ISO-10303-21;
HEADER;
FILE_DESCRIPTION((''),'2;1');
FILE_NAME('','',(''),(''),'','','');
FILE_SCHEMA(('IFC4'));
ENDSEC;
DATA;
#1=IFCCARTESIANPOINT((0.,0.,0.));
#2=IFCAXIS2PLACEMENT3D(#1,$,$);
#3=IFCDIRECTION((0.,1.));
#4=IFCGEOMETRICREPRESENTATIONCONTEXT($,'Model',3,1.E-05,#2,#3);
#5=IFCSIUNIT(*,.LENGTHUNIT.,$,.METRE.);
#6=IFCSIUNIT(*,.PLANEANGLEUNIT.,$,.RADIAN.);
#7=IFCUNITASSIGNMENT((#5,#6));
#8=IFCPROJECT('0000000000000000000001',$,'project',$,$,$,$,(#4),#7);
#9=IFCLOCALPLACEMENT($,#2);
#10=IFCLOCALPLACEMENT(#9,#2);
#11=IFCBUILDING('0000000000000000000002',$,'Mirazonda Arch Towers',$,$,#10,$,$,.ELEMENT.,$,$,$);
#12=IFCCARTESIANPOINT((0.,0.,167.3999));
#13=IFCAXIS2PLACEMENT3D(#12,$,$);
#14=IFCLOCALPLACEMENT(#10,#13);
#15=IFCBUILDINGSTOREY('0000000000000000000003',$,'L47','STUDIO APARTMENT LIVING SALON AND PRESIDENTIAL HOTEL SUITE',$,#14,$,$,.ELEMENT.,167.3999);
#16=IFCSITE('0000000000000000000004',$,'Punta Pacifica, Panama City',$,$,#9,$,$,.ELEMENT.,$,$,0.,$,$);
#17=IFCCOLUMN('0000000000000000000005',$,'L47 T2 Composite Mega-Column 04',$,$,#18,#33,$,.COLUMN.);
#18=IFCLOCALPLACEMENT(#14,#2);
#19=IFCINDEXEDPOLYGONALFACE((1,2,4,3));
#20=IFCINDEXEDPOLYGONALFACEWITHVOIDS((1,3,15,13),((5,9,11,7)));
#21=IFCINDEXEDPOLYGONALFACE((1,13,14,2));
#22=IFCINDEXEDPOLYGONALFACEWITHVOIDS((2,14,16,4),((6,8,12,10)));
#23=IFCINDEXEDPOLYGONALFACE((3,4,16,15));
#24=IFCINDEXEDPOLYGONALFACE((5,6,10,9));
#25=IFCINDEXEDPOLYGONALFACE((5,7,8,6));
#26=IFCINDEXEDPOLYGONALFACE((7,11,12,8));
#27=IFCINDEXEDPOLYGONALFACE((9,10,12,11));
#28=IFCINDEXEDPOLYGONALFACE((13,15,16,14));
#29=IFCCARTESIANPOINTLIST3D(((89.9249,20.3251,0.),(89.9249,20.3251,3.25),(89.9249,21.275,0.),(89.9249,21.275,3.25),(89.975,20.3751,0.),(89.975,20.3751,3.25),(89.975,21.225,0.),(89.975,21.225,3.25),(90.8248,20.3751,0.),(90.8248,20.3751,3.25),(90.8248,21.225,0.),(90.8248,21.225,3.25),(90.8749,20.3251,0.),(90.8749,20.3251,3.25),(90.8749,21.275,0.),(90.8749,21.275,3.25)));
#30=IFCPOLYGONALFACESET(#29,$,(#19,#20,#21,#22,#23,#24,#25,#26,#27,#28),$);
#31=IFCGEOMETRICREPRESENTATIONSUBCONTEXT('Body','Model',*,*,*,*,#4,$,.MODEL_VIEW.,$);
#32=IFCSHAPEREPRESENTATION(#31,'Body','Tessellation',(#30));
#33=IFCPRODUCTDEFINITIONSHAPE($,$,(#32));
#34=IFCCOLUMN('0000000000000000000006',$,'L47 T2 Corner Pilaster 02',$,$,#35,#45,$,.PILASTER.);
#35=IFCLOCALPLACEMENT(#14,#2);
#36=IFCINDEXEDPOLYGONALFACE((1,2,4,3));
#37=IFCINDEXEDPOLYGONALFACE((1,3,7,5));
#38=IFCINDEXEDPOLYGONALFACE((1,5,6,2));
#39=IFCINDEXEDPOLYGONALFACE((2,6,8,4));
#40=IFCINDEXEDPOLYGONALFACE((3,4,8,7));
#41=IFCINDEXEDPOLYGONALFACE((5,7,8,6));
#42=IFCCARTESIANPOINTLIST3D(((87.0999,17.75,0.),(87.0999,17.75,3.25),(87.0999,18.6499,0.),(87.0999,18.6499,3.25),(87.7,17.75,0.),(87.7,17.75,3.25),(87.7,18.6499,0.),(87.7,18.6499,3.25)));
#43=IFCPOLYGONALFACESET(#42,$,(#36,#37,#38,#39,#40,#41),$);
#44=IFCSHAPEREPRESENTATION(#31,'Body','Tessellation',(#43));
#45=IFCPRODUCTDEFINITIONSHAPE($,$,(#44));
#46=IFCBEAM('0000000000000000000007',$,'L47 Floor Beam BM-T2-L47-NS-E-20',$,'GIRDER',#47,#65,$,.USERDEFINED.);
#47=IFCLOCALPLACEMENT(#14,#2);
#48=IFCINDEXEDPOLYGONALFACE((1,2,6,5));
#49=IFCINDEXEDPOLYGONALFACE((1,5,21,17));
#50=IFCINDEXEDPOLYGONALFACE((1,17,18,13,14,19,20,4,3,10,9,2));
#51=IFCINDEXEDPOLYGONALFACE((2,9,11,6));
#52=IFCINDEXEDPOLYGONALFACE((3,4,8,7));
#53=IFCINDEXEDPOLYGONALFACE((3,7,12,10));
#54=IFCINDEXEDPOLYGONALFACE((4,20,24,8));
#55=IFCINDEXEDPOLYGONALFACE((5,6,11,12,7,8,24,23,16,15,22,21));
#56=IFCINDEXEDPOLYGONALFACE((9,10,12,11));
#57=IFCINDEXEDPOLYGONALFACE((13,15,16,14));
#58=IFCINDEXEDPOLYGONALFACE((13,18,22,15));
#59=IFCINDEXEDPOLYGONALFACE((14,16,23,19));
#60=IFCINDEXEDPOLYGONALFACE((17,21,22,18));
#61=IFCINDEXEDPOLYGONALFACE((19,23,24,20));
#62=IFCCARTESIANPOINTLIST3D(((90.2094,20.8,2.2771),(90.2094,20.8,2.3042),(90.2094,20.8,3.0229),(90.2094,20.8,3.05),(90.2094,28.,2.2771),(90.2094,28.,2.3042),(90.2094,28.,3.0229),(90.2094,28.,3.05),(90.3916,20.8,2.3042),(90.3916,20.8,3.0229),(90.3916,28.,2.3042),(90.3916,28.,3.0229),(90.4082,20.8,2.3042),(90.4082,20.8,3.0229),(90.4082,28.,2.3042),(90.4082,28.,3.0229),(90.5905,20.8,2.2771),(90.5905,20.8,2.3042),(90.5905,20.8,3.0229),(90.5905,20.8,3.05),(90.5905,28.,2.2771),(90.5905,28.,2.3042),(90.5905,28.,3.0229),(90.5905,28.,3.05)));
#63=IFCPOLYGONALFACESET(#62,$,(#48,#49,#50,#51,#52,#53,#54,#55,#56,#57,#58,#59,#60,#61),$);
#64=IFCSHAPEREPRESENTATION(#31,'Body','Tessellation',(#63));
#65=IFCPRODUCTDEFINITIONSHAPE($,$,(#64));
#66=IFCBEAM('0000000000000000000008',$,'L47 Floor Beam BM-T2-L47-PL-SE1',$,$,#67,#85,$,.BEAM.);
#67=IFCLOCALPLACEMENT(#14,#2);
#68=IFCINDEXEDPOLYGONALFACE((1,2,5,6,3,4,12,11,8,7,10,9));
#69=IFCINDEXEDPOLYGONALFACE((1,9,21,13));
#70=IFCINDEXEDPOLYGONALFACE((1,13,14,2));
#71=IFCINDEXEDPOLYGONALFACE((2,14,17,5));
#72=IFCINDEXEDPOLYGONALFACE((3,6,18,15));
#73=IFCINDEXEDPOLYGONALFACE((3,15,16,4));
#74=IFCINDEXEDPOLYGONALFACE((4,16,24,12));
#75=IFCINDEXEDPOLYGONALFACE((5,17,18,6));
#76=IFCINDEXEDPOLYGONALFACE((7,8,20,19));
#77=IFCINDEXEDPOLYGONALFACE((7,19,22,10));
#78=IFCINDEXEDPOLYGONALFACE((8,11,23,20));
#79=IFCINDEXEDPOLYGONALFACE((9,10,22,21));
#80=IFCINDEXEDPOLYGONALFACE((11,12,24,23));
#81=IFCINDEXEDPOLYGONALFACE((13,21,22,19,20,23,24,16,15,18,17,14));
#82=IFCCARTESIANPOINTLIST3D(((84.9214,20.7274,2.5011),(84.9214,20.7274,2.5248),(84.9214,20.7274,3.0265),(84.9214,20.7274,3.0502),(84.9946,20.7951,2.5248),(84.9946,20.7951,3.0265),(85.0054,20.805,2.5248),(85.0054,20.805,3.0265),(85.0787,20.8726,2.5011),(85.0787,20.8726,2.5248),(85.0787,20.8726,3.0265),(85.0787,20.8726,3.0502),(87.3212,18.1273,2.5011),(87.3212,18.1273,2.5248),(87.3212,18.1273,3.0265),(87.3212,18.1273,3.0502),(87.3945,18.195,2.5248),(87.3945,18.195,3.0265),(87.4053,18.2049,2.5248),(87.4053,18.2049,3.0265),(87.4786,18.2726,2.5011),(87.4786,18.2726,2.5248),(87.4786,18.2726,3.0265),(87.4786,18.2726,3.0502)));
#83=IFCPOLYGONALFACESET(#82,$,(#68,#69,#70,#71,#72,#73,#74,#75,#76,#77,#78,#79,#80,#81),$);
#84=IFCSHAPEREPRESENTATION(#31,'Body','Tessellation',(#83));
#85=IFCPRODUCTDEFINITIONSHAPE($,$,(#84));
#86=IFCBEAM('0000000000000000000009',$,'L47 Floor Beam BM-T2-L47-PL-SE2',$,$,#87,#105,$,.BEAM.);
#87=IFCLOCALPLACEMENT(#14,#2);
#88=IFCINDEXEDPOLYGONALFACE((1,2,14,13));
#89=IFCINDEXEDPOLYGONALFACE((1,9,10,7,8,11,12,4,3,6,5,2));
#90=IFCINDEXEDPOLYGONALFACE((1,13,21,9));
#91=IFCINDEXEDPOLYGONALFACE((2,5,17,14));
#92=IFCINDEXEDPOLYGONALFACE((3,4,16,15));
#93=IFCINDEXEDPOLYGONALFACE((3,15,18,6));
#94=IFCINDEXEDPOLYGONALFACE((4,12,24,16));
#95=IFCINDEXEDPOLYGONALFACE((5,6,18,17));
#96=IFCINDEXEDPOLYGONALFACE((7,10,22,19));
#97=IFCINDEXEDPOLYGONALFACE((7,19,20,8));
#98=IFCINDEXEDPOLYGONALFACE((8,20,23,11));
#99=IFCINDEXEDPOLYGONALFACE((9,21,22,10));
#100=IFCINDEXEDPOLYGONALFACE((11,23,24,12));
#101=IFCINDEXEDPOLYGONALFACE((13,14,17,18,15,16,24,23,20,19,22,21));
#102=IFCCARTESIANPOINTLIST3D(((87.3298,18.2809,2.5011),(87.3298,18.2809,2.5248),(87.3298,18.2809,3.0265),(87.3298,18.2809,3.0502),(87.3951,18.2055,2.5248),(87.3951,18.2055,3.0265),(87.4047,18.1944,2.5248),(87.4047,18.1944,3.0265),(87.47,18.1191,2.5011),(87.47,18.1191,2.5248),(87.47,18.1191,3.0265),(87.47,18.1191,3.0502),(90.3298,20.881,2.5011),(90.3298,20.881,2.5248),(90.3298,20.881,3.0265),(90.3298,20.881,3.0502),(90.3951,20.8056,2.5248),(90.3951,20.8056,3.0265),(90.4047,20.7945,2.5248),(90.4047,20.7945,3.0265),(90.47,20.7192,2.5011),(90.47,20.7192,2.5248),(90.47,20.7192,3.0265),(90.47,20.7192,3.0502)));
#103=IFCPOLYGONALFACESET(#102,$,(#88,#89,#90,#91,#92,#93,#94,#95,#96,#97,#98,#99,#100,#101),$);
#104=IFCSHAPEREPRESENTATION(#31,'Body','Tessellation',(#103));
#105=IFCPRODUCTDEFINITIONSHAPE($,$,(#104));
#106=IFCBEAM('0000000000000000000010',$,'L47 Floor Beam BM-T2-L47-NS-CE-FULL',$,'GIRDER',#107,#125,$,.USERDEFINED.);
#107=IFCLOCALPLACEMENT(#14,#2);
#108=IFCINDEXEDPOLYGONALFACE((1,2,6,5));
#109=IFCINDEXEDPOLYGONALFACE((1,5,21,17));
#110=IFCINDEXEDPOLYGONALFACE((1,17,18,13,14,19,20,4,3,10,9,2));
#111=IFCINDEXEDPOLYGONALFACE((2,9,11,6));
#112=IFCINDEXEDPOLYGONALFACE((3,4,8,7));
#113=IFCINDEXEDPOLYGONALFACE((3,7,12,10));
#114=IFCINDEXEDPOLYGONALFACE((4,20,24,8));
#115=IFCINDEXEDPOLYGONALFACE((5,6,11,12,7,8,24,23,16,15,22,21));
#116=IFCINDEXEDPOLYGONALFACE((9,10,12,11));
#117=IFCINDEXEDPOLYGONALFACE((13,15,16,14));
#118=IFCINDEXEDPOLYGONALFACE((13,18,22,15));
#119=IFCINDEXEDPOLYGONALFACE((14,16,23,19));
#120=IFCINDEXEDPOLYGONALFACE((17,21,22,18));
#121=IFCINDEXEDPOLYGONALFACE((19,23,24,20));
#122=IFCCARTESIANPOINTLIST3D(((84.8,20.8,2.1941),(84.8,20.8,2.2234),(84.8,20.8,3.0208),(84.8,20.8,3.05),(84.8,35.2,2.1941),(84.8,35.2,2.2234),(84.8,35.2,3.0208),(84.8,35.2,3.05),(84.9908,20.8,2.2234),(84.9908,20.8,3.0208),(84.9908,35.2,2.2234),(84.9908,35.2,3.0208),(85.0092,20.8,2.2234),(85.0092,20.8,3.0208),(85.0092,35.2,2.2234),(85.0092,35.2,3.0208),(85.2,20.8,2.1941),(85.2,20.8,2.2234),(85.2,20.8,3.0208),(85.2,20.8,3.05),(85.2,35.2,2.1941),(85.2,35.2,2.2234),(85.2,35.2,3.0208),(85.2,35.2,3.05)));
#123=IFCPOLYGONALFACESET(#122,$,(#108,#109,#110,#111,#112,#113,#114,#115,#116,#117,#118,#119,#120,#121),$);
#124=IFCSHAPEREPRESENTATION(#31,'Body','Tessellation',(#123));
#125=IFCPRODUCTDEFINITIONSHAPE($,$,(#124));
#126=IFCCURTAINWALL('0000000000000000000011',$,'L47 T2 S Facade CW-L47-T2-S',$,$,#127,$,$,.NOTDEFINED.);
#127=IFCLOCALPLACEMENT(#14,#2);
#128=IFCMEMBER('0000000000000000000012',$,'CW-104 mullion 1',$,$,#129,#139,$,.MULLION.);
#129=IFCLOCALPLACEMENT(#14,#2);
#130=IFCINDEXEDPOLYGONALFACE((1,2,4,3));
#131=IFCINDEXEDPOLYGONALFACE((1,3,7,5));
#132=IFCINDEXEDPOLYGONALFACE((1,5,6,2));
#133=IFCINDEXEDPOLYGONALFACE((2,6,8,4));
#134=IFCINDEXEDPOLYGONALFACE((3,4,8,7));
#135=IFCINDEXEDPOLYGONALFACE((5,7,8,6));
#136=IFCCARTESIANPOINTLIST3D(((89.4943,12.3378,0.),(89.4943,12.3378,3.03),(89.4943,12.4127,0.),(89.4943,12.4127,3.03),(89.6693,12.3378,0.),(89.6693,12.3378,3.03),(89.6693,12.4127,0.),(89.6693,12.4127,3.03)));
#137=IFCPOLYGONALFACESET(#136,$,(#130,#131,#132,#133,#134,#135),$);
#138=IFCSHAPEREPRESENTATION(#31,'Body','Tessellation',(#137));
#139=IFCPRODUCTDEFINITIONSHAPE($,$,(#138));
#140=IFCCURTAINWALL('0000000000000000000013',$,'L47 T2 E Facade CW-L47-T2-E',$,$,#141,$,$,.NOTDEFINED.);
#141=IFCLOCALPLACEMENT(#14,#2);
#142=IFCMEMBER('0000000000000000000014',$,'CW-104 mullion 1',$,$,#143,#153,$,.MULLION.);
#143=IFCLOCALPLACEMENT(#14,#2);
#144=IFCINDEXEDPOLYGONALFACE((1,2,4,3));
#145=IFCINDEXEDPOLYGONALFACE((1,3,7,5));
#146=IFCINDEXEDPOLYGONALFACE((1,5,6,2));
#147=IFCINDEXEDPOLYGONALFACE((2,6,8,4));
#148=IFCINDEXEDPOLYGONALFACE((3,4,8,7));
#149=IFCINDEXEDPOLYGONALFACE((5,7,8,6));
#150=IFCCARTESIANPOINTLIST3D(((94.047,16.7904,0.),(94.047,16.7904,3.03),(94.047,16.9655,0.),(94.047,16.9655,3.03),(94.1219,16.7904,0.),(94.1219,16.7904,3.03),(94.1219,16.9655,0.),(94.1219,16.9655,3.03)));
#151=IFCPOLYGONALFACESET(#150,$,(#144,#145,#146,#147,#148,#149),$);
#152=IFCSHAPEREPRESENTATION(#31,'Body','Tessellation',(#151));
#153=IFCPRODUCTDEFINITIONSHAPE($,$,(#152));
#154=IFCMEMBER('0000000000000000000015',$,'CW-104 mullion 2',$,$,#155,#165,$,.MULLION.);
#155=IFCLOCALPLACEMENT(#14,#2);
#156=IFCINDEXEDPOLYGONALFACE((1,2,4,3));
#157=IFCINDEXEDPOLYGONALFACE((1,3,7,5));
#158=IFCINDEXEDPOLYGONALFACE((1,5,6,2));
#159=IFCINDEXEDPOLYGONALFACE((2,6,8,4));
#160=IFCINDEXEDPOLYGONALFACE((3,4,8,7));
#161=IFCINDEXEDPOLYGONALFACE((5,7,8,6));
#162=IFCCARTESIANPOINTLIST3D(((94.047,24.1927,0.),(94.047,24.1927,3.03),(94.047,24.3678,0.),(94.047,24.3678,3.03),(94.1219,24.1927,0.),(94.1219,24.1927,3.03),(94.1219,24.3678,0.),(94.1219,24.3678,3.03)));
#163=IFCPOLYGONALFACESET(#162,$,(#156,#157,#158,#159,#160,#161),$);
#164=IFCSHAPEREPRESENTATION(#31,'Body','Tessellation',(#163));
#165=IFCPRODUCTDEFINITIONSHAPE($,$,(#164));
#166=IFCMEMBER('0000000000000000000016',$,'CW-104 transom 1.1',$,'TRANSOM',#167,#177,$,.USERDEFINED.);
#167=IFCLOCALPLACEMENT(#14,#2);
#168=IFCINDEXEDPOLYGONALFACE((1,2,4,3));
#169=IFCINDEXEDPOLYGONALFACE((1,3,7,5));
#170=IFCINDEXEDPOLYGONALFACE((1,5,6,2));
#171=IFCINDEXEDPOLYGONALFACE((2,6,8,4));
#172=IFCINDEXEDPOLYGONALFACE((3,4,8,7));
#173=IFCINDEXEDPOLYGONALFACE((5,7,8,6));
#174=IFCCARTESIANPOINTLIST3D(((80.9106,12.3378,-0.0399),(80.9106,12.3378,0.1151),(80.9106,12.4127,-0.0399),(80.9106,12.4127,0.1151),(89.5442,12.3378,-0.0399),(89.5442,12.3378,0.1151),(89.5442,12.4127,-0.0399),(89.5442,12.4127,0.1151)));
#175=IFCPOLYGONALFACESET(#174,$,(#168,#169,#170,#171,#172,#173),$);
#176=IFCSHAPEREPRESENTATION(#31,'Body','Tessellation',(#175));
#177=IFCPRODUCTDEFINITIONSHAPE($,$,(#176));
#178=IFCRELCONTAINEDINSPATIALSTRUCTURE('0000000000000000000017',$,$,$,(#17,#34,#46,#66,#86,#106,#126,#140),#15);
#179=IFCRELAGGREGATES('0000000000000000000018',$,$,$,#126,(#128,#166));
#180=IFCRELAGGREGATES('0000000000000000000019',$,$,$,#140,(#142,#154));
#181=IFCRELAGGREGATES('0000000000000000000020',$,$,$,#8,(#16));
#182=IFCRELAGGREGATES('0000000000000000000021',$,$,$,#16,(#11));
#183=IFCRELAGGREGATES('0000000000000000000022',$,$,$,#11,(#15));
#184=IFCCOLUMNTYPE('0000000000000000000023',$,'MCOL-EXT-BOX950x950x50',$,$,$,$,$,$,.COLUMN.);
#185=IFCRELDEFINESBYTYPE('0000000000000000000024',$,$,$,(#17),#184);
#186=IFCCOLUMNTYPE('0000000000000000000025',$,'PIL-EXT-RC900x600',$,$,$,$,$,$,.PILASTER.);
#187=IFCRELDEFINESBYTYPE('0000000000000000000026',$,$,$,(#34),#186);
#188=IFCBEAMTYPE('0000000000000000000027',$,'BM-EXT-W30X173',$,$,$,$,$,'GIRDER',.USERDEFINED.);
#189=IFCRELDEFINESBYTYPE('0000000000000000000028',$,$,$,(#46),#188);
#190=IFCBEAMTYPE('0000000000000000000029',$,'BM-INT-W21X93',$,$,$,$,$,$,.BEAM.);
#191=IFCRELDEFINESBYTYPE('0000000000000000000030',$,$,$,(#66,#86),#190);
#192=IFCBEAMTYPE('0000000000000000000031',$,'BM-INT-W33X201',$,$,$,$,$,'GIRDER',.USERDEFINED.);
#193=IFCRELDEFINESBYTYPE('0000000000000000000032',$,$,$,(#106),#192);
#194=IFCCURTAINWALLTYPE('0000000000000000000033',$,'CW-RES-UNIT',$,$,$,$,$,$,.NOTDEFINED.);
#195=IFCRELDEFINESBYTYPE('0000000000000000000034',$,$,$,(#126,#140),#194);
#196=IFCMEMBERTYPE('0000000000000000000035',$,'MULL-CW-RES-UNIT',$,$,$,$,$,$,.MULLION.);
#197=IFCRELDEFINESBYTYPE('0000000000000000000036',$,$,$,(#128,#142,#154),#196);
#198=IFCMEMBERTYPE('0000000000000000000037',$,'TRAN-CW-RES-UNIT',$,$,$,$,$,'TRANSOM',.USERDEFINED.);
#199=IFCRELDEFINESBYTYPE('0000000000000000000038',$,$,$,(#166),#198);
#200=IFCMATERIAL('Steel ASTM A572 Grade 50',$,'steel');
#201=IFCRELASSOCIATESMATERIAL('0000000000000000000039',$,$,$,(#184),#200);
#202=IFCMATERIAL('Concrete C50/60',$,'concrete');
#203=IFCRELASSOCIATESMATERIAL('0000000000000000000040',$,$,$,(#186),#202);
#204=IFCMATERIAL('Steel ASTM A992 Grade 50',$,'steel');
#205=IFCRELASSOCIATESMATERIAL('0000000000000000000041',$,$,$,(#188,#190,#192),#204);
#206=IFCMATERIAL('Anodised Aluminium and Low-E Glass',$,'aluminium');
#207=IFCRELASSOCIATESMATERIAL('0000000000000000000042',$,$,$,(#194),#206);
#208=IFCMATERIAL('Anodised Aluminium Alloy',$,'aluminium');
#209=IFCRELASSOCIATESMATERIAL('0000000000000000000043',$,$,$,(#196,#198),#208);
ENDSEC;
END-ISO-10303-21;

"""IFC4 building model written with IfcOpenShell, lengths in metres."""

from ifc_helpers import new_model, si_unit, direction, frame, origin, origin_2d, place, context, subcontext, project, spatial, rectangle, hollow_rectangle, i_section, extrude, material, material_profile, profile_set, type_object, element, aggregate, save


model = new_model("IFC4")

# Units and contexts
model_context = context("Model", 3, precision=1e-05, world=origin(), true_north=direction((0.0, 1.0)))
body_context = subcontext(model_context, "Body", "Model", "MODEL_VIEW")
ifc_project = project(units=[si_unit("LENGTHUNIT", "METRE"), si_unit("PLANEANGLEUNIT", "RADIAN")], contexts=[model_context])

# Site, building, storey
site_placement = place(None, origin())
site = spatial("IfcSite", under=ifc_project, at=site_placement, Name="Punta Pacifica, Panama City", CompositionType="ELEMENT", RefElevation=0.0)
building_placement = place(site_placement, origin())
building = spatial("IfcBuilding", under=site, at=building_placement, Name="Mirazonda Arch Towers", CompositionType="ELEMENT")
storey_placement = place(building_placement, frame((0.0, 0.0, 167.3999)))
storey = spatial("IfcBuildingStorey", under=building, at=storey_placement, Name="L47", Description="STUDIO APARTMENT LIVING SALON AND PRESIDENTIAL HOTEL SUITE", CompositionType="ELEMENT", Elevation=167.3999)

# Columns
ifc_material_1 = material(Name="Steel ASTM A572 Grade 50", Category="steel")
ifc_material_profile_1 = material_profile(ifc_material_1, hollow_rectangle(XDim=0.95, YDim=0.95, WallThickness=0.05, at=origin_2d()), Name="BOX950x950x50")
ifc_profile_set_1 = profile_set([ifc_material_profile_1], Name="Steel ASTM A572 Grade 50")
column_type_1 = type_object("IfcColumnType", Name="MCOL-EXT-BOX950x950x50", PredefinedType="COLUMN", material=ifc_profile_set_1)
column_1_placement = place(storey_placement, frame((90.3999, 20.8, 0.0), z_axis=(0.0, 0.0, 1.0), x_axis=(1.0, 0.0, 0.0)))
element("IfcColumn", 1, at=column_1_placement, inside=storey, type_object=column_type_1, Name="L47 T2 Composite Mega-Column 04", PredefinedType="COLUMN", context=body_context, shape_type="SweptSolid", body=[
    extrude(hollow_rectangle(XDim=0.95, YDim=0.95, WallThickness=0.05, at=origin_2d()), origin(), (0.0, 0.0, 1.0), 3.25),
])
ifc_material_2 = material(Name="Concrete C50/60", Category="concrete")
ifc_material_profile_2 = material_profile(ifc_material_2, rectangle(XDim=0.6001, YDim=0.8999, at=origin_2d()), Name="RC900x600")
ifc_profile_set_2 = profile_set([ifc_material_profile_2], Name="Concrete C50/60")
column_type_2 = type_object("IfcColumnType", Name="PIL-EXT-RC900x600", PredefinedType="PILASTER", material=ifc_profile_set_2)
column_2_placement = place(storey_placement, frame((87.3999, 18.2, 0.0), z_axis=(0.0, 0.0, 1.0), x_axis=(1.0, 0.0, 0.0)))
element("IfcColumn", 2, at=column_2_placement, inside=storey, type_object=column_type_2, Name="L47 T2 Corner Pilaster 02", PredefinedType="PILASTER", context=body_context, shape_type="SweptSolid", body=[
    extrude(rectangle(XDim=0.6001, YDim=0.8999, at=origin_2d()), origin(), (0.0, 0.0, 1.0), 3.25),
])

# Beams
ifc_material_3 = material(Name="Steel ASTM A992 Grade 50", Category="steel")
ifc_material_profile_3 = material_profile(ifc_material_3, i_section(OverallWidth=0.3811, OverallDepth=0.7729, WebThickness=0.0166, FlangeThickness=0.0271, at=origin_2d()), Name="W30X173")
ifc_profile_set_3 = profile_set([ifc_material_profile_3], Name="Steel ASTM A992 Grade 50")
beam_type_1 = type_object("IfcBeamType", Name="BM-EXT-W30X173", ElementType="GIRDER", PredefinedType="USERDEFINED", material=ifc_profile_set_3)
beam_1_placement = place(storey_placement, frame((90.3999, 20.8, 2.6636), z_axis=(0.0, 1.0, 0.0), x_axis=(-1.0, 0.0, 0.0)))
element("IfcBeam", 3, at=beam_1_placement, inside=storey, type_object=beam_type_1, Name="L47 Floor Beam BM-T2-L47-NS-E-20", ObjectType="GIRDER", PredefinedType="USERDEFINED", context=body_context, shape_type="SweptSolid", body=[
    extrude(i_section(OverallWidth=0.3811, OverallDepth=0.7729, WebThickness=0.0166, FlangeThickness=0.0271, at=origin_2d()), origin(), (0.0, 0.0, 1.0), 7.2),
])
ifc_material_profile_4 = material_profile(ifc_material_3, i_section(OverallWidth=0.2141, OverallDepth=0.5491, WebThickness=0.0146, FlangeThickness=0.0237, at=origin_2d()), Name="W21X93")
ifc_profile_set_4 = profile_set([ifc_material_profile_4], Name="Steel ASTM A992 Grade 50")
beam_type_2 = type_object("IfcBeamType", Name="BM-INT-W21X93", PredefinedType="BEAM", material=ifc_profile_set_4)
beam_2_placement = place(storey_placement, frame((87.3999, 18.2, 2.7756), z_axis=(-0.678251, 0.73483, 0.0), x_axis=(-0.73483, -0.678251, 0.0)))
element("IfcBeam", 4, at=beam_2_placement, inside=storey, type_object=beam_type_2, Name="L47 Floor Beam BM-T2-L47-PL-SE1", PredefinedType="BEAM", context=body_context, shape_type="SweptSolid", body=[
    extrude(i_section(OverallWidth=0.2141, OverallDepth=0.5491, WebThickness=0.0146, FlangeThickness=0.0237, at=origin_2d()), origin(), (0.0, 0.0, 1.0), 3.5383),
])
beam_3_placement = place(storey_placement, frame((87.3999, 18.2, 2.7756), z_axis=(0.755677, 0.654945, 0.0), x_axis=(-0.654945, 0.755677, 0.0)))
element("IfcBeam", 5, at=beam_3_placement, inside=storey, type_object=beam_type_2, Name="L47 Floor Beam BM-T2-L47-PL-SE2", PredefinedType="BEAM", context=body_context, shape_type="SweptSolid", body=[
    extrude(i_section(OverallWidth=0.2141, OverallDepth=0.5491, WebThickness=0.0146, FlangeThickness=0.0237, at=origin_2d()), origin(), (0.0, 0.0, 1.0), 3.97),
])
ifc_material_profile_5 = material_profile(ifc_material_3, i_section(OverallWidth=0.3999, OverallDepth=0.856, WebThickness=0.0183, FlangeThickness=0.0293, at=origin_2d()), Name="W33X201")
ifc_profile_set_5 = profile_set([ifc_material_profile_5], Name="Steel ASTM A992 Grade 50")
beam_type_3 = type_object("IfcBeamType", Name="BM-INT-W33X201", ElementType="GIRDER", PredefinedType="USERDEFINED", material=ifc_profile_set_5)
beam_4_placement = place(storey_placement, frame((85.0, 20.8, 2.6221), z_axis=(0.0, 1.0, 0.0), x_axis=(-1.0, 0.0, 0.0)))
element("IfcBeam", 6, at=beam_4_placement, inside=storey, type_object=beam_type_3, Name="L47 Floor Beam BM-T2-L47-NS-CE-FULL", ObjectType="GIRDER", PredefinedType="USERDEFINED", context=body_context, shape_type="SweptSolid", body=[
    extrude(i_section(OverallWidth=0.3999, OverallDepth=0.856, WebThickness=0.0183, FlangeThickness=0.0293, at=origin_2d()), origin(), (0.0, 0.0, 1.0), 14.3999),
])

# Curtain wall, member
ifc_material_4 = material(Name="Anodised Aluminium and Low-E Glass", Category="aluminium")
curtain_wall_type = type_object("IfcCurtainWallType", Name="CW-RES-UNIT", PredefinedType="NOTDEFINED", material=ifc_material_4)
curtain_wall_1_placement = place(storey_placement, origin())
curtain_wall_1 = element("IfcCurtainWall", 7, at=curtain_wall_1_placement, inside=storey, type_object=curtain_wall_type, Name="L47 T2 S Facade CW-L47-T2-S", PredefinedType="NOTDEFINED")
ifc_material_5 = material(Name="Anodised Aluminium Alloy", Category="aluminium")
ifc_material_profile_6 = material_profile(ifc_material_5, rectangle(XDim=0.075, YDim=0.175, at=origin_2d()), Name="ALU-MULL-75x175")
ifc_profile_set_6 = profile_set([ifc_material_profile_6], Name="Anodised Aluminium Alloy")
member_type_1 = type_object("IfcMemberType", Name="MULL-CW-RES-UNIT", PredefinedType="MULLION", material=ifc_profile_set_6)
member_1_placement = place(storey_placement, frame((89.5818, 12.3752, 0.0), z_axis=(0.0, 0.0, 1.0), x_axis=(0.0, -1.0, 0.0)))
member_1 = element("IfcMember", 8, at=member_1_placement, type_object=member_type_1, Name="CW-104 mullion 1", PredefinedType="MULLION", context=body_context, shape_type="SweptSolid", body=[
    extrude(rectangle(XDim=0.075, YDim=0.175, at=origin_2d()), origin(), (0.0, 0.0, 1.0), 3.03),
])

# Curtain wall, members
curtain_wall_2_placement = place(storey_placement, origin())
curtain_wall_2 = element("IfcCurtainWall", 9, at=curtain_wall_2_placement, inside=storey, type_object=curtain_wall_type, Name="L47 T2 E Facade CW-L47-T2-E", PredefinedType="NOTDEFINED")
member_2_placement = place(storey_placement, frame((94.0845, 16.8779, 0.0), z_axis=(0.0, 0.0, 1.0), x_axis=(-1.0, 0.0, 0.0)))
member_2 = element("IfcMember", 10, at=member_2_placement, type_object=member_type_1, Name="CW-104 mullion 1", PredefinedType="MULLION", context=body_context, shape_type="SweptSolid", body=[
    extrude(rectangle(XDim=0.075, YDim=0.175, at=origin_2d()), origin(), (0.0, 0.0, 1.0), 3.03),
])
member_3_placement = place(storey_placement, frame((94.0845, 24.2803, 0.0), z_axis=(0.0, 0.0, 1.0), x_axis=(-1.0, 0.0, 0.0)))
member_3 = element("IfcMember", 11, at=member_3_placement, type_object=member_type_1, Name="CW-104 mullion 2", PredefinedType="MULLION", context=body_context, shape_type="SweptSolid", body=[
    extrude(rectangle(XDim=0.075, YDim=0.175, at=origin_2d()), origin(), (0.0, 0.0, 1.0), 3.03),
])

# Member
ifc_material_profile_7 = material_profile(ifc_material_5, rectangle(XDim=0.075, YDim=0.155, at=origin_2d()), Name="ALU-TRAN-75x155")
ifc_profile_set_7 = profile_set([ifc_material_profile_7], Name="Anodised Aluminium Alloy")
member_type_2 = type_object("IfcMemberType", Name="TRAN-CW-RES-UNIT", ElementType="TRANSOM", PredefinedType="USERDEFINED", material=ifc_profile_set_7)
member_4_placement = place(storey_placement, frame((89.5442, 12.3752, 0.0376), z_axis=(-1.0, 0.0, 0.0), x_axis=(0.0, -1.0, 0.0)))
member_4 = element("IfcMember", 12, at=member_4_placement, type_object=member_type_2, Name="CW-104 transom 1.1", ObjectType="TRANSOM", PredefinedType="USERDEFINED", context=body_context, shape_type="SweptSolid", body=[
    extrude(rectangle(XDim=0.075, YDim=0.155, at=origin_2d()), origin(), (0.0, 0.0, 1.0), 8.6335),
])

aggregate(curtain_wall_1, [member_1, member_4])
aggregate(curtain_wall_2, [member_2, member_3])

save(model, "model.ifc")
